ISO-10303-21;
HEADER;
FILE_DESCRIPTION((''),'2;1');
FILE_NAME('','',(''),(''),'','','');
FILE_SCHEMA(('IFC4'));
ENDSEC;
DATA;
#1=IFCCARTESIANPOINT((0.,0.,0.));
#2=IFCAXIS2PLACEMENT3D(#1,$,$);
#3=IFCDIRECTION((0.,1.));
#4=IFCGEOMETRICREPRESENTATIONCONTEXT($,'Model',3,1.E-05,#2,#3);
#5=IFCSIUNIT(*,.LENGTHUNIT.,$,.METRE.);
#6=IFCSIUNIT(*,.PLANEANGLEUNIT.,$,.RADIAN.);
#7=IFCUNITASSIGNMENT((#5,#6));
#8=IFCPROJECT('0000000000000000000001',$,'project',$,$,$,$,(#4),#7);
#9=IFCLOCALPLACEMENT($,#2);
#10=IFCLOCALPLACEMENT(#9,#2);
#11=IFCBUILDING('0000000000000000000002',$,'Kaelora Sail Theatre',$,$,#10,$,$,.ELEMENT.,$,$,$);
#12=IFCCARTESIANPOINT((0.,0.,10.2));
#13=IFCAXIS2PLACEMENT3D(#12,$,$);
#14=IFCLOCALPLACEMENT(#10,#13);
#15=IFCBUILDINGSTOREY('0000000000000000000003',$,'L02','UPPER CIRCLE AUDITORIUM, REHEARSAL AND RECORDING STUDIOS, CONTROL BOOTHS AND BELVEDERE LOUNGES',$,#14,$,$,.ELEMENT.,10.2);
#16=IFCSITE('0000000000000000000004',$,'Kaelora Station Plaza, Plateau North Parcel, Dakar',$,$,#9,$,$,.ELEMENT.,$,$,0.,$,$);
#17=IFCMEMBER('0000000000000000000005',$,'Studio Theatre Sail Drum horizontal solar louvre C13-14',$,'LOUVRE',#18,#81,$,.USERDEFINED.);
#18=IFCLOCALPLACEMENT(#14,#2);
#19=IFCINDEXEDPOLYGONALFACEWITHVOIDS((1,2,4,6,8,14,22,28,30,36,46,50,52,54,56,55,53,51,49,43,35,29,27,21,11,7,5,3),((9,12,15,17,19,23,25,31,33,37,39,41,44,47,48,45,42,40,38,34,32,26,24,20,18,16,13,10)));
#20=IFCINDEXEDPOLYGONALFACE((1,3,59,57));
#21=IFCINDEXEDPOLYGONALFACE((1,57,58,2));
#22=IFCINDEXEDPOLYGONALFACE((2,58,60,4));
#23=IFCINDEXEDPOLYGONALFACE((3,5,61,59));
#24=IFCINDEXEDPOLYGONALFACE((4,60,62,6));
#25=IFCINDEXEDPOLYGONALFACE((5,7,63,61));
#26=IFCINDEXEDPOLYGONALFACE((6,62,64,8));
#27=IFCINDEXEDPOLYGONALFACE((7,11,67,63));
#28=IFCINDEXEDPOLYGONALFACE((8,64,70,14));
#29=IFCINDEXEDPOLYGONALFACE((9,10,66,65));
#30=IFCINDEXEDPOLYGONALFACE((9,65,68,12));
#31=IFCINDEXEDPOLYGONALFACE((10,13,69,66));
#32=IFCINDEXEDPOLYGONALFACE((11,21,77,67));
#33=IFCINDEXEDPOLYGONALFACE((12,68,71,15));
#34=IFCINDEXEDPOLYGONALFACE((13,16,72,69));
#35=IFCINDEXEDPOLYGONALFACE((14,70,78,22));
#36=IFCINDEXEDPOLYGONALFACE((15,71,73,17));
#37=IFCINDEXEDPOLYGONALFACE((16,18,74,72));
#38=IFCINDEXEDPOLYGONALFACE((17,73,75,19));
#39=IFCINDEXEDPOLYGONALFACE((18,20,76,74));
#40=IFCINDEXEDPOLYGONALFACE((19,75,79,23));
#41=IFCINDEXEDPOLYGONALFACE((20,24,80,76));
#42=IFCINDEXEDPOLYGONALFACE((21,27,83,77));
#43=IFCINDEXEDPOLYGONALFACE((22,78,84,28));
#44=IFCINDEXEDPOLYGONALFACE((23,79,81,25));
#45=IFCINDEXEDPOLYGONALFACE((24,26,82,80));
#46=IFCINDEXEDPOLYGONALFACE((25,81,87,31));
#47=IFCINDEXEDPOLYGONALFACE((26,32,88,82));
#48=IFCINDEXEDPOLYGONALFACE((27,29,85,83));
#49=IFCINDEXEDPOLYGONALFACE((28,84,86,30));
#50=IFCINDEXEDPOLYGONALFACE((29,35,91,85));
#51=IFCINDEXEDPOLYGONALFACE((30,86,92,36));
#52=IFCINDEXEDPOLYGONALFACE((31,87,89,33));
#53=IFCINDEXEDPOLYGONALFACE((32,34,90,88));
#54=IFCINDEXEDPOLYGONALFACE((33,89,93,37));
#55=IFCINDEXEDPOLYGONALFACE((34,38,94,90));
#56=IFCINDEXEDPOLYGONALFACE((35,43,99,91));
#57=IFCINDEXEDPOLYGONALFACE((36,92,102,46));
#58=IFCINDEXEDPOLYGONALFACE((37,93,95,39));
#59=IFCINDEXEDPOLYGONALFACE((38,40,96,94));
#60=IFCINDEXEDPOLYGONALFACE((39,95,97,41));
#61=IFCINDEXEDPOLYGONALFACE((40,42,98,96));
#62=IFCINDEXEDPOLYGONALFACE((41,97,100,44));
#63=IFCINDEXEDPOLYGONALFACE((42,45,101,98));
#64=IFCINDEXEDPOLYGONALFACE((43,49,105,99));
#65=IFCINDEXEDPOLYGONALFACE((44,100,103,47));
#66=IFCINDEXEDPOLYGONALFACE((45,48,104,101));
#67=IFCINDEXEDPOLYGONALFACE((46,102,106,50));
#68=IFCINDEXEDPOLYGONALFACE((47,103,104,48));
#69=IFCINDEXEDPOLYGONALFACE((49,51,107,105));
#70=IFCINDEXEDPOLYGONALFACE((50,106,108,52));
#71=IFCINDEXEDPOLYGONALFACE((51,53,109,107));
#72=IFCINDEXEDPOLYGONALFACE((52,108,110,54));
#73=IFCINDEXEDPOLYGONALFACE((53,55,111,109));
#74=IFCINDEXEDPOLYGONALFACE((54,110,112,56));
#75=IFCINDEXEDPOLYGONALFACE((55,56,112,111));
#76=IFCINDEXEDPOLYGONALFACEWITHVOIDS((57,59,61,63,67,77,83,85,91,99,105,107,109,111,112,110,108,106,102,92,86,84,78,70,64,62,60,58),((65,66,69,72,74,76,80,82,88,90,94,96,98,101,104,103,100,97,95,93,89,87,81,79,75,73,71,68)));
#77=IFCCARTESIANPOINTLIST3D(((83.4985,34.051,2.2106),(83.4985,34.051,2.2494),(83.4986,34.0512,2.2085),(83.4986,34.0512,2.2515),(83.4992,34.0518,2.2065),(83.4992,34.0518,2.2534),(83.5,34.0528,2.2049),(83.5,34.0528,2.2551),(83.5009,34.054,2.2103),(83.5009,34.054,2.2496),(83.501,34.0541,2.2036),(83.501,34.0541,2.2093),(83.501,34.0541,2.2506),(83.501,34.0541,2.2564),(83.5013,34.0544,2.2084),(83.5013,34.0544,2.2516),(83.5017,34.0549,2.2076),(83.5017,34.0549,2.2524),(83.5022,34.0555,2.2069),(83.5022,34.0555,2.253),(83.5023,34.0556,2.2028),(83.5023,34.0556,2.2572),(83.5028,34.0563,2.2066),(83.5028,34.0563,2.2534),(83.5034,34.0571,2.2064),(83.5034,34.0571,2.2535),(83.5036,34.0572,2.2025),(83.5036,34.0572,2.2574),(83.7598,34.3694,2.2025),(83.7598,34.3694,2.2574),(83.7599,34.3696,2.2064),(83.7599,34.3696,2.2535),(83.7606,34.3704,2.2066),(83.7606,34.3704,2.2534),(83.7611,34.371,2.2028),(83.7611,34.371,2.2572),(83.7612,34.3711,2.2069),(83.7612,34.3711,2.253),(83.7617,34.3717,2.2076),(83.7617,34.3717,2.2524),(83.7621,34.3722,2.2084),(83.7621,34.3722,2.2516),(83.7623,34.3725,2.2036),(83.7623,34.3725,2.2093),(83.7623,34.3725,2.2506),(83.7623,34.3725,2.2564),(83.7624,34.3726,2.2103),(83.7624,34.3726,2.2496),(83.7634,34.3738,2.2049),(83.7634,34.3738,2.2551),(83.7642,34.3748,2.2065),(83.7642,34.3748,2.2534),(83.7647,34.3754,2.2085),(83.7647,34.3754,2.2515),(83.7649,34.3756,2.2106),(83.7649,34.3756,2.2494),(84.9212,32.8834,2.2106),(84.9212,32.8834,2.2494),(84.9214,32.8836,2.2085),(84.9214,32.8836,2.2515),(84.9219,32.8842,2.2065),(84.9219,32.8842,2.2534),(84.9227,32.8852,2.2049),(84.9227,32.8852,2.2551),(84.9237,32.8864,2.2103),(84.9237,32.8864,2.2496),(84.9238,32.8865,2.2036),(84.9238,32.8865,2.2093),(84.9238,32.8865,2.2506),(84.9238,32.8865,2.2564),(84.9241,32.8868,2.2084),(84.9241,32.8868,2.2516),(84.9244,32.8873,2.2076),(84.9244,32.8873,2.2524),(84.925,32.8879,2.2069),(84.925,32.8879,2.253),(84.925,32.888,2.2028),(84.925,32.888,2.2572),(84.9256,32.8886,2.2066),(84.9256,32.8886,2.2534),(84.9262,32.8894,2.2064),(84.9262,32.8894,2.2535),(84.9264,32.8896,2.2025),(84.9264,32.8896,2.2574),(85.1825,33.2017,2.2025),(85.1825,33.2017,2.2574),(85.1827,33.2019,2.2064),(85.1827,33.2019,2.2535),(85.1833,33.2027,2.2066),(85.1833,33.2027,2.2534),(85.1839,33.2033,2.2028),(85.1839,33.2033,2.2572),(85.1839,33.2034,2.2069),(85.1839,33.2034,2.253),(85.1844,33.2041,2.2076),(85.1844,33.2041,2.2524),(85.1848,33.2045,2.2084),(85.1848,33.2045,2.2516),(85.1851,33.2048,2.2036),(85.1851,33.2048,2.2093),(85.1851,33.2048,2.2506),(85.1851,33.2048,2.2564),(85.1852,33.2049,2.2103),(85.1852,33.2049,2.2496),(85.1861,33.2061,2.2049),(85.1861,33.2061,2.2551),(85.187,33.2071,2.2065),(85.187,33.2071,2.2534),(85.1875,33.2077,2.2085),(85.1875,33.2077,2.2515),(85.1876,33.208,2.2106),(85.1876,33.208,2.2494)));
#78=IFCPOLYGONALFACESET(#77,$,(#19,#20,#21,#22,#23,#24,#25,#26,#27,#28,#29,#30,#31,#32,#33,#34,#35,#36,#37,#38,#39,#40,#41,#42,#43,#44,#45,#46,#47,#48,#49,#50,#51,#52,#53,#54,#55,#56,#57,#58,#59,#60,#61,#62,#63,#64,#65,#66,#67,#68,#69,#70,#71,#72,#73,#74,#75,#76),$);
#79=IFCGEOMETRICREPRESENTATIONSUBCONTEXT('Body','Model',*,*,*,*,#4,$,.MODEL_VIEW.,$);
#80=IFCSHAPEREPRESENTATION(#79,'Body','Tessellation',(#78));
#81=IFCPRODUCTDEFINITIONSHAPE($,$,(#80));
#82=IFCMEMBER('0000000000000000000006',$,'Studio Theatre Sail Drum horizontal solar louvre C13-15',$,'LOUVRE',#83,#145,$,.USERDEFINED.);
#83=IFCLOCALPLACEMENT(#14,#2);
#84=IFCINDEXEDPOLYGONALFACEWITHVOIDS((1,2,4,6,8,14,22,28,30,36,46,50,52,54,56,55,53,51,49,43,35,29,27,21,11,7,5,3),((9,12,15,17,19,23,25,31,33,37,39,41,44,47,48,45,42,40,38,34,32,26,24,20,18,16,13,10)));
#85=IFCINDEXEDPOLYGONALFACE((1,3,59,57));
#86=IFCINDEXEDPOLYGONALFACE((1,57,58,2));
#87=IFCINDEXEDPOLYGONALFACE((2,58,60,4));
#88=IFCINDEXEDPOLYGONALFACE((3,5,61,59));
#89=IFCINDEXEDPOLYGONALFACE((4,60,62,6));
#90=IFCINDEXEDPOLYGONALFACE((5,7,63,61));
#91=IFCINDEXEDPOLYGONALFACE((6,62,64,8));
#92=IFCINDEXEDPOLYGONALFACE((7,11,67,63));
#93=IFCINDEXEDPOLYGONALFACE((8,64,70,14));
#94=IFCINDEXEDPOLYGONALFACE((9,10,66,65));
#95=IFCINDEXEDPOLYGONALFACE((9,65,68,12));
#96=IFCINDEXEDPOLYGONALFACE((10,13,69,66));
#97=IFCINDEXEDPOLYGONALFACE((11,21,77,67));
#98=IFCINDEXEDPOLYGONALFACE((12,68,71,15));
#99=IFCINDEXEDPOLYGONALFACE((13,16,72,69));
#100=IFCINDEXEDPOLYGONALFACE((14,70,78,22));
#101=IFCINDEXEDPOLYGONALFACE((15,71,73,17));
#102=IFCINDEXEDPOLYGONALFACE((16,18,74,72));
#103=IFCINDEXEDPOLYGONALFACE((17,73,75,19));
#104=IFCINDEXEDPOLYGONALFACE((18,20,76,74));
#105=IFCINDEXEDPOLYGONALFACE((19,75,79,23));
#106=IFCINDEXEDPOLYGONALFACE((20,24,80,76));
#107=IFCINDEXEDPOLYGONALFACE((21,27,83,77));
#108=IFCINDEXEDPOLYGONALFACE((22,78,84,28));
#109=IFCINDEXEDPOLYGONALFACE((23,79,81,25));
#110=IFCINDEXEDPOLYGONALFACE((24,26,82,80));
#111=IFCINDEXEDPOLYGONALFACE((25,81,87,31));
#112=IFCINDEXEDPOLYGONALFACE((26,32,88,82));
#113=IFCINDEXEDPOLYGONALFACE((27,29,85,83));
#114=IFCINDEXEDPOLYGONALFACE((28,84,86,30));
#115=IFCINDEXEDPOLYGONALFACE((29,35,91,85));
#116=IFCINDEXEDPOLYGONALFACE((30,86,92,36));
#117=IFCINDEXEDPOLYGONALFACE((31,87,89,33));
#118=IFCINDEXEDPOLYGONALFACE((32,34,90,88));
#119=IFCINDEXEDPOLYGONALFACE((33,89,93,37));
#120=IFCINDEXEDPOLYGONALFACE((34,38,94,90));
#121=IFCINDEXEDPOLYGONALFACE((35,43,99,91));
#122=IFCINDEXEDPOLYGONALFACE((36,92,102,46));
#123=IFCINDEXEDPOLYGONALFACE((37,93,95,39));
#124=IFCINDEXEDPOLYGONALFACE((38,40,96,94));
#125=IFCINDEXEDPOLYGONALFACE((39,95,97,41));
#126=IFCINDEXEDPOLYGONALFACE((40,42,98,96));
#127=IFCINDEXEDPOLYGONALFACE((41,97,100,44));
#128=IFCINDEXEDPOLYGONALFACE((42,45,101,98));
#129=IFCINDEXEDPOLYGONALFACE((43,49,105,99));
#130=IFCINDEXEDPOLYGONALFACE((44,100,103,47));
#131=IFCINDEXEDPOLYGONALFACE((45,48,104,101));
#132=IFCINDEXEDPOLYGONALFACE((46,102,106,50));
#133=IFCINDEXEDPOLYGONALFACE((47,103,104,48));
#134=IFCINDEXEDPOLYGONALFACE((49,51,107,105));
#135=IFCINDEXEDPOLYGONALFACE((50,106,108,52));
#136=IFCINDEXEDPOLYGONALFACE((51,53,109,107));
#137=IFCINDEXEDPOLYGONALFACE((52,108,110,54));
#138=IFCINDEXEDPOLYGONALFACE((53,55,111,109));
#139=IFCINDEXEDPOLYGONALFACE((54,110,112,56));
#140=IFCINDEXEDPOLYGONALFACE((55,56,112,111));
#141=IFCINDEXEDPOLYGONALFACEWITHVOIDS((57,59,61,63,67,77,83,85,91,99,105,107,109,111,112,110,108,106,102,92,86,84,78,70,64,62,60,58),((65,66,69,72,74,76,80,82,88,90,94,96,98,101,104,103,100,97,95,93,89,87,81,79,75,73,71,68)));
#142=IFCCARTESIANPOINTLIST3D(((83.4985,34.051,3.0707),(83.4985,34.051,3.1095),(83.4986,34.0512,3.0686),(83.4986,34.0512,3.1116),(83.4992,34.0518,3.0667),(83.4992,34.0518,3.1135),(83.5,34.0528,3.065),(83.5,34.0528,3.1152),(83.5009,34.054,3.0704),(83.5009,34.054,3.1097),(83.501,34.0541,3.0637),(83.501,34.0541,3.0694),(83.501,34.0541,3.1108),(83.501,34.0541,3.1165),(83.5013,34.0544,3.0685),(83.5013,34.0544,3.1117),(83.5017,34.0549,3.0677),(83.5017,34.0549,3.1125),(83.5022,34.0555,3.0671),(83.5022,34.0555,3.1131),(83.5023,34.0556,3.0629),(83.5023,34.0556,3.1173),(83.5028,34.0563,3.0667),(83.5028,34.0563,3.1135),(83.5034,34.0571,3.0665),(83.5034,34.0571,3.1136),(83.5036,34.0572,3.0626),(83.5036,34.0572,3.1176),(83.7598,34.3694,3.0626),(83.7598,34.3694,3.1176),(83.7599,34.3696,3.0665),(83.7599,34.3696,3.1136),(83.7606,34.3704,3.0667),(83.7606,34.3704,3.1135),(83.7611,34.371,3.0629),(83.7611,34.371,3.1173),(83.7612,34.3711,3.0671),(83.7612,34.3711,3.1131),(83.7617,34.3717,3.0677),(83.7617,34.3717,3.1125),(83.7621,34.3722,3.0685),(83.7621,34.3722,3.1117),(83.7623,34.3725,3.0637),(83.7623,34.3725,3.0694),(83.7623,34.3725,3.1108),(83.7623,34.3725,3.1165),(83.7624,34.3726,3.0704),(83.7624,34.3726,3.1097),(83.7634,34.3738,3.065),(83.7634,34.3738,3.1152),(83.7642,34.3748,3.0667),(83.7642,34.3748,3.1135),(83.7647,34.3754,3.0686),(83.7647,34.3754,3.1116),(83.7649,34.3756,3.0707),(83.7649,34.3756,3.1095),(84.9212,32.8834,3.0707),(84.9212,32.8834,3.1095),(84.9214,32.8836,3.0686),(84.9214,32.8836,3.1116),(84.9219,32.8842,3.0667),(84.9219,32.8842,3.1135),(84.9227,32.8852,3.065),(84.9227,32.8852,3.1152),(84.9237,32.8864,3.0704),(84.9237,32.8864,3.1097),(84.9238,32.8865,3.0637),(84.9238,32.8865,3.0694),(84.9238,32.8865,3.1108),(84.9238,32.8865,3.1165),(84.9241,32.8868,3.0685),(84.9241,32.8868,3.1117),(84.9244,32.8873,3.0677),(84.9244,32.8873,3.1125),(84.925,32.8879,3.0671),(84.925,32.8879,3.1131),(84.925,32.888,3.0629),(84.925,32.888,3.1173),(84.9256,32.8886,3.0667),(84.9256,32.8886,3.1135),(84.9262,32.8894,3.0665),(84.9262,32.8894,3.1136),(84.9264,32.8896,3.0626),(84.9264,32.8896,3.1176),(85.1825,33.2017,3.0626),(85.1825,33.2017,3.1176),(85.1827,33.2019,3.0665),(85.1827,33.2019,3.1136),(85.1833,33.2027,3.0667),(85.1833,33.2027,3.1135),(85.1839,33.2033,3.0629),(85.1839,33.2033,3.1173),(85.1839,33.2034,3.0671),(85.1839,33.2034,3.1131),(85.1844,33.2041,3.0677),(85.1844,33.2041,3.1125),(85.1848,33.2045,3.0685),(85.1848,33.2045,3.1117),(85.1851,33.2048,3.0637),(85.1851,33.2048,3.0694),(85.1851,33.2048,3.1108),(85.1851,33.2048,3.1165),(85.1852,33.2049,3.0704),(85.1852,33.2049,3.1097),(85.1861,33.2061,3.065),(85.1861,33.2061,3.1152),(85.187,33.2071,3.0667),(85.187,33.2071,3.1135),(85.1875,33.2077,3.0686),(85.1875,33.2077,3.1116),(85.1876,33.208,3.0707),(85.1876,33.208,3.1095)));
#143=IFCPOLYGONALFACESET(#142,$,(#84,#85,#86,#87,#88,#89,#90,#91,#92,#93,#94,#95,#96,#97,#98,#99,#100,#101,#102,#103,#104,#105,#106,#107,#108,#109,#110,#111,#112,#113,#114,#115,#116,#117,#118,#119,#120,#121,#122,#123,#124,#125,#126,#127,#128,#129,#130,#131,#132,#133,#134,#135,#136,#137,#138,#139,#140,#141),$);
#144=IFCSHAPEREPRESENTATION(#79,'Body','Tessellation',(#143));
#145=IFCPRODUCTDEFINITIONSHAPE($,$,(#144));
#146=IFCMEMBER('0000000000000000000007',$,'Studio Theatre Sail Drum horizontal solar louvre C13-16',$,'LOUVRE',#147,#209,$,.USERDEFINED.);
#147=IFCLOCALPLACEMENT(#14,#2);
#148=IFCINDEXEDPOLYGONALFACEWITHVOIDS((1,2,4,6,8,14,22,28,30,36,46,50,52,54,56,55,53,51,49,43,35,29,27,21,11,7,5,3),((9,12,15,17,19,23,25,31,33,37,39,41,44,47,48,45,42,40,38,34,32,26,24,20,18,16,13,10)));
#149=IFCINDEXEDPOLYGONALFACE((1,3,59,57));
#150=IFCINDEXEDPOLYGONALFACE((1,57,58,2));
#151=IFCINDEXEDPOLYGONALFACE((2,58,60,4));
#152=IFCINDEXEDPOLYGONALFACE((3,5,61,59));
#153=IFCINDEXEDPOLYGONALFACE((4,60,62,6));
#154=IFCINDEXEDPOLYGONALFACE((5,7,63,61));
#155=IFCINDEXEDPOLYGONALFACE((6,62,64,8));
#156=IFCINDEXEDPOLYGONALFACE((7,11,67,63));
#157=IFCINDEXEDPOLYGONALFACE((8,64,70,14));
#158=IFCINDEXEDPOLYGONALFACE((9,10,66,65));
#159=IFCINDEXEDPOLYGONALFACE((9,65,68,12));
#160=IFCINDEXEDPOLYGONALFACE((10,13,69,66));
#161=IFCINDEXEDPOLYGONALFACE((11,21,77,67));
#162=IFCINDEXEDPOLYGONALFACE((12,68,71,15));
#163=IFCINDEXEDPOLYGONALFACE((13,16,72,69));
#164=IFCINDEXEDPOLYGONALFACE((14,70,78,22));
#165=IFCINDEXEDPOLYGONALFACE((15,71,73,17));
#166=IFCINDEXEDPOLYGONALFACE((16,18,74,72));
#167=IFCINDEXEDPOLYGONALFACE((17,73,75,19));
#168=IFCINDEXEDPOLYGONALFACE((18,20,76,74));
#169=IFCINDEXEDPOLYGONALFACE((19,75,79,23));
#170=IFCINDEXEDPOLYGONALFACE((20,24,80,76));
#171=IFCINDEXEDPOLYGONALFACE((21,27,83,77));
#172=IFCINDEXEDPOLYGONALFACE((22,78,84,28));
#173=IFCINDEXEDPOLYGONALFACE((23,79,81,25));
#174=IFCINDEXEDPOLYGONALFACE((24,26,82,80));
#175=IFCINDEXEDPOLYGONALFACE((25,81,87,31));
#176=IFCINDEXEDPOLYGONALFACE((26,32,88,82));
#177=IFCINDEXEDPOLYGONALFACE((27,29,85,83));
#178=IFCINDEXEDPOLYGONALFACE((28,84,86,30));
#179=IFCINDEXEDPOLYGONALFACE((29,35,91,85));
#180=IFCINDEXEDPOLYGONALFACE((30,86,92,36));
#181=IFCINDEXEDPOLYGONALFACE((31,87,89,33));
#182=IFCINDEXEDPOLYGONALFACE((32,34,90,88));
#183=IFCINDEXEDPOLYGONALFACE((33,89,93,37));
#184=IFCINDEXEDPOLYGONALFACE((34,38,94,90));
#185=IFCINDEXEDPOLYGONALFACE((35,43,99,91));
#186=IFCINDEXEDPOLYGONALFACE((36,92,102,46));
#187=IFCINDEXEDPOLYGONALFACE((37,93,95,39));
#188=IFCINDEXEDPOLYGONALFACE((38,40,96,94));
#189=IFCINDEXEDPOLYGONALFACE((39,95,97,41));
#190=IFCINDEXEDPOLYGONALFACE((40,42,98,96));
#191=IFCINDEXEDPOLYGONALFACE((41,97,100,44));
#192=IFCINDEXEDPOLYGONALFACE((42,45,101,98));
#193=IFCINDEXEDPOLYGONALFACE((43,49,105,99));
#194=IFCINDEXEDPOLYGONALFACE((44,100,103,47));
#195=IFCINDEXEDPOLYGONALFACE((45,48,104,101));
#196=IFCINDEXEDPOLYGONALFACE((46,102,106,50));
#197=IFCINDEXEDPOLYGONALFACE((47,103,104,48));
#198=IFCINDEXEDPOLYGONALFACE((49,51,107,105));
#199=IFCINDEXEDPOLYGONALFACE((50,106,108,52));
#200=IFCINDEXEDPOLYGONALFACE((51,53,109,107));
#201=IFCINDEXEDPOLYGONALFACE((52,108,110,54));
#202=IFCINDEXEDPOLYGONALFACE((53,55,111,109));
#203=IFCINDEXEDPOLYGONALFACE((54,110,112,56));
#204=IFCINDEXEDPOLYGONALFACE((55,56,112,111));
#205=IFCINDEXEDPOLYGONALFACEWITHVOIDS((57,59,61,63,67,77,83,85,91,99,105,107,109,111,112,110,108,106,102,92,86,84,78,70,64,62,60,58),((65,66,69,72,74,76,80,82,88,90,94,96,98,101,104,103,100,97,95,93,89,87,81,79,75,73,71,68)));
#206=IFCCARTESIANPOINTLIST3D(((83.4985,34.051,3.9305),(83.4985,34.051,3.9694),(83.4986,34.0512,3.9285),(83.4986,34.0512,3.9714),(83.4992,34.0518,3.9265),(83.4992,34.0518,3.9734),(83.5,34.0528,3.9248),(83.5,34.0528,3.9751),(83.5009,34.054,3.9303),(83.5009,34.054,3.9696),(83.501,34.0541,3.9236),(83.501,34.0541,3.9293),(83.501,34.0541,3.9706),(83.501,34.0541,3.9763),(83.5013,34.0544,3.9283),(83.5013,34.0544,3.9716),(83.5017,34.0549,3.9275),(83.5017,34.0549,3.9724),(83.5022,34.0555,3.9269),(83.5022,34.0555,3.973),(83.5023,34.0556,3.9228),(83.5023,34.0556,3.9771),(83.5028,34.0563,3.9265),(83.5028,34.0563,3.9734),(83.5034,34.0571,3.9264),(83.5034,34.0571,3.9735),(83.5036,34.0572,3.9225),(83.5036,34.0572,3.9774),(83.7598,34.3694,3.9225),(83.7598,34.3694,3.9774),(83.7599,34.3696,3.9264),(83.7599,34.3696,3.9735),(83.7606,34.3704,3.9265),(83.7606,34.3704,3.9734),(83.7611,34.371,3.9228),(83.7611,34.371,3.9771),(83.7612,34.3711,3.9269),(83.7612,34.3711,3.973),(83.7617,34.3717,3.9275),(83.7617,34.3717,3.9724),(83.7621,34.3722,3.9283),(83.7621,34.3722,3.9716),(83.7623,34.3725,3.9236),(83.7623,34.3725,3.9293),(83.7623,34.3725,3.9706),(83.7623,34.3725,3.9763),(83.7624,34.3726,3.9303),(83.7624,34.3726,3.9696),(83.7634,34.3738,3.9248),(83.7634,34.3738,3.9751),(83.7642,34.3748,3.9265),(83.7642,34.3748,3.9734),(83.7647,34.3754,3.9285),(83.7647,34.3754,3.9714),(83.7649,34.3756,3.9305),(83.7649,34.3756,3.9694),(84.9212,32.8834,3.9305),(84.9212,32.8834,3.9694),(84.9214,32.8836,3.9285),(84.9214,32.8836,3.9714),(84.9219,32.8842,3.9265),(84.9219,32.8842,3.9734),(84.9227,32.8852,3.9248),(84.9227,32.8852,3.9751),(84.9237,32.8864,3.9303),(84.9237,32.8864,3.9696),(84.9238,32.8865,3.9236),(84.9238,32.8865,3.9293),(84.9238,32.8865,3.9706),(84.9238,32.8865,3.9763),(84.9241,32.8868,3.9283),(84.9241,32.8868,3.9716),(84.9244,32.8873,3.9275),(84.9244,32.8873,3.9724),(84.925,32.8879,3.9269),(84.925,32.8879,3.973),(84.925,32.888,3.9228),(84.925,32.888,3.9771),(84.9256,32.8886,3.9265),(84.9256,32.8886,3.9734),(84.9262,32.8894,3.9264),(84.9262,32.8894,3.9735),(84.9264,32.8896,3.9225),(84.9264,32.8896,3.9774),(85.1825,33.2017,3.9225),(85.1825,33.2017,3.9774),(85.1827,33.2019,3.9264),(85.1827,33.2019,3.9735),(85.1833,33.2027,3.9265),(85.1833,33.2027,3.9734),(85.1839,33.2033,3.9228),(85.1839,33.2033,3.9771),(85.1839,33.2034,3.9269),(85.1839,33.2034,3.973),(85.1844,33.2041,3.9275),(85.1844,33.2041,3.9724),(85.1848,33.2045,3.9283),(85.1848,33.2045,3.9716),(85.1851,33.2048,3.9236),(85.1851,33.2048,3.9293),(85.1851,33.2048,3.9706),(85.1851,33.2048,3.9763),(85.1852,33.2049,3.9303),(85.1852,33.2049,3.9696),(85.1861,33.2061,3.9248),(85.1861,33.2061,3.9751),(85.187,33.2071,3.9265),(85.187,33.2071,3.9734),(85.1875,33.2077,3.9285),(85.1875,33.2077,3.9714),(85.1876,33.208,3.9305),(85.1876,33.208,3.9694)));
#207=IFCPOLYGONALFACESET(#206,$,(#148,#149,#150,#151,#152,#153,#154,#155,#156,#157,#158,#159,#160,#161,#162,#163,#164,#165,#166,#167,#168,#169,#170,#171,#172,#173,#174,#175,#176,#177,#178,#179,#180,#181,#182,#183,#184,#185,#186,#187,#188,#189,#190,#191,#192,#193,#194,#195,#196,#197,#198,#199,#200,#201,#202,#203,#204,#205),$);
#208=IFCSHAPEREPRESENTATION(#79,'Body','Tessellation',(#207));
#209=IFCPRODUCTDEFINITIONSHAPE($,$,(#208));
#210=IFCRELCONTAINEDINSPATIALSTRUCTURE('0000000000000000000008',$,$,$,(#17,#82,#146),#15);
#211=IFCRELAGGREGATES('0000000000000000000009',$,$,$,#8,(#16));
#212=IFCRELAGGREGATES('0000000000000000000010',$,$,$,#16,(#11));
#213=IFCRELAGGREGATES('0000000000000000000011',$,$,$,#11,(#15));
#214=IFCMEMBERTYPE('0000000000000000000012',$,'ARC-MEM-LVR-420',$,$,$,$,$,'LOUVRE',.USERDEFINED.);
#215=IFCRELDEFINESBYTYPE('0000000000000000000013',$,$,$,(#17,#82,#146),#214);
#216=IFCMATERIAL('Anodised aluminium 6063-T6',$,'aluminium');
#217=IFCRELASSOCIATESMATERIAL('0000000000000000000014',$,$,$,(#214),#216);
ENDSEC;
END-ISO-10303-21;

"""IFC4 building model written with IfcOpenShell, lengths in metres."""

from ifc_helpers import new_model, si_unit, direction, frame, origin, origin_2d, place, context, subcontext, project, spatial, hollow_rectangle, extrude, material, material_profile, profile_set, type_object, element, save


model = new_model("IFC4")

# Units and contexts
model_context = context("Model", 3, precision=1e-05, world=origin(), true_north=direction((0.0, 1.0)))
body_context = subcontext(model_context, "Body", "Model", "MODEL_VIEW")
ifc_project = project(units=[si_unit("LENGTHUNIT", "METRE"), si_unit("PLANEANGLEUNIT", "RADIAN")], contexts=[model_context])

# Site, building, storey
site_placement = place(None, origin())
site = spatial("IfcSite", under=ifc_project, at=site_placement, Name="Kaelora Station Plaza, Plateau North Parcel, Dakar", CompositionType="ELEMENT", RefElevation=0.0)
building_placement = place(site_placement, origin())
building = spatial("IfcBuilding", under=site, at=building_placement, Name="Kaelora Sail Theatre", CompositionType="ELEMENT")
storey_placement = place(building_placement, frame((0.0, 0.0, 10.2)))
storey = spatial("IfcBuildingStorey", under=building, at=storey_placement, Name="L02", Description="UPPER CIRCLE AUDITORIUM, REHEARSAL AND RECORDING STUDIOS, CONTROL BOOTHS AND BELVEDERE LOUNGES", CompositionType="ELEMENT", Elevation=10.2)

# Members
ifc_material_1 = material(Name="Anodised aluminium 6063-T6", Category="aluminium")
ifc_material_profile_1 = material_profile(ifc_material_1, hollow_rectangle(XDim=0.4199, YDim=0.0549, WallThickness=0.0039, InnerFilletRadius=0.0039, OuterFilletRadius=0.0081, at=origin_2d()), Name="LOUVRE 420x55x4")
ifc_profile_set_1 = profile_set([ifc_material_profile_1], Name="Anodised aluminium 6063-T6")
member_type = type_object("IfcMemberType", Name="ARC-MEM-LVR-420", ElementType="LOUVRE", PredefinedType="USERDEFINED", material=ifc_profile_set_1)
for number, where, z_axis, x_axis, name in (
    (1, (85.0544, 33.0457, 2.23), (-0.773005, 0.6344, 0.0), (-0.6344, -0.773005, 0.0), "Studio Theatre Sail Drum horizontal solar louvre C13-14"),
    (2, (85.0544, 33.0457, 3.0901), (-0.773005, 0.6344, 0.0), (-0.6344, -0.773005, 0.0), "Studio Theatre Sail Drum horizontal solar louvre C13-15"),
    (3, (85.0544, 33.0457, 3.95), (-0.773005, 0.6344, 0.0), (-0.6344, -0.773005, 0.0), "Studio Theatre Sail Drum horizontal solar louvre C13-16"),
):
    element("IfcMember", number, at=place(storey_placement, frame(where, z_axis=z_axis, x_axis=x_axis)), inside=storey, type_object=member_type, Name=name, ObjectType="LOUVRE", PredefinedType="USERDEFINED", context=body_context, shape_type="SweptSolid", body=[
        extrude(hollow_rectangle(XDim=0.4199, YDim=0.0549, WallThickness=0.0039, InnerFilletRadius=0.0039, OuterFilletRadius=0.0081, at=origin_2d()), origin(), (0.0, 0.0, 1.0), 1.8406),
    ])

save(model, "model.ifc")
